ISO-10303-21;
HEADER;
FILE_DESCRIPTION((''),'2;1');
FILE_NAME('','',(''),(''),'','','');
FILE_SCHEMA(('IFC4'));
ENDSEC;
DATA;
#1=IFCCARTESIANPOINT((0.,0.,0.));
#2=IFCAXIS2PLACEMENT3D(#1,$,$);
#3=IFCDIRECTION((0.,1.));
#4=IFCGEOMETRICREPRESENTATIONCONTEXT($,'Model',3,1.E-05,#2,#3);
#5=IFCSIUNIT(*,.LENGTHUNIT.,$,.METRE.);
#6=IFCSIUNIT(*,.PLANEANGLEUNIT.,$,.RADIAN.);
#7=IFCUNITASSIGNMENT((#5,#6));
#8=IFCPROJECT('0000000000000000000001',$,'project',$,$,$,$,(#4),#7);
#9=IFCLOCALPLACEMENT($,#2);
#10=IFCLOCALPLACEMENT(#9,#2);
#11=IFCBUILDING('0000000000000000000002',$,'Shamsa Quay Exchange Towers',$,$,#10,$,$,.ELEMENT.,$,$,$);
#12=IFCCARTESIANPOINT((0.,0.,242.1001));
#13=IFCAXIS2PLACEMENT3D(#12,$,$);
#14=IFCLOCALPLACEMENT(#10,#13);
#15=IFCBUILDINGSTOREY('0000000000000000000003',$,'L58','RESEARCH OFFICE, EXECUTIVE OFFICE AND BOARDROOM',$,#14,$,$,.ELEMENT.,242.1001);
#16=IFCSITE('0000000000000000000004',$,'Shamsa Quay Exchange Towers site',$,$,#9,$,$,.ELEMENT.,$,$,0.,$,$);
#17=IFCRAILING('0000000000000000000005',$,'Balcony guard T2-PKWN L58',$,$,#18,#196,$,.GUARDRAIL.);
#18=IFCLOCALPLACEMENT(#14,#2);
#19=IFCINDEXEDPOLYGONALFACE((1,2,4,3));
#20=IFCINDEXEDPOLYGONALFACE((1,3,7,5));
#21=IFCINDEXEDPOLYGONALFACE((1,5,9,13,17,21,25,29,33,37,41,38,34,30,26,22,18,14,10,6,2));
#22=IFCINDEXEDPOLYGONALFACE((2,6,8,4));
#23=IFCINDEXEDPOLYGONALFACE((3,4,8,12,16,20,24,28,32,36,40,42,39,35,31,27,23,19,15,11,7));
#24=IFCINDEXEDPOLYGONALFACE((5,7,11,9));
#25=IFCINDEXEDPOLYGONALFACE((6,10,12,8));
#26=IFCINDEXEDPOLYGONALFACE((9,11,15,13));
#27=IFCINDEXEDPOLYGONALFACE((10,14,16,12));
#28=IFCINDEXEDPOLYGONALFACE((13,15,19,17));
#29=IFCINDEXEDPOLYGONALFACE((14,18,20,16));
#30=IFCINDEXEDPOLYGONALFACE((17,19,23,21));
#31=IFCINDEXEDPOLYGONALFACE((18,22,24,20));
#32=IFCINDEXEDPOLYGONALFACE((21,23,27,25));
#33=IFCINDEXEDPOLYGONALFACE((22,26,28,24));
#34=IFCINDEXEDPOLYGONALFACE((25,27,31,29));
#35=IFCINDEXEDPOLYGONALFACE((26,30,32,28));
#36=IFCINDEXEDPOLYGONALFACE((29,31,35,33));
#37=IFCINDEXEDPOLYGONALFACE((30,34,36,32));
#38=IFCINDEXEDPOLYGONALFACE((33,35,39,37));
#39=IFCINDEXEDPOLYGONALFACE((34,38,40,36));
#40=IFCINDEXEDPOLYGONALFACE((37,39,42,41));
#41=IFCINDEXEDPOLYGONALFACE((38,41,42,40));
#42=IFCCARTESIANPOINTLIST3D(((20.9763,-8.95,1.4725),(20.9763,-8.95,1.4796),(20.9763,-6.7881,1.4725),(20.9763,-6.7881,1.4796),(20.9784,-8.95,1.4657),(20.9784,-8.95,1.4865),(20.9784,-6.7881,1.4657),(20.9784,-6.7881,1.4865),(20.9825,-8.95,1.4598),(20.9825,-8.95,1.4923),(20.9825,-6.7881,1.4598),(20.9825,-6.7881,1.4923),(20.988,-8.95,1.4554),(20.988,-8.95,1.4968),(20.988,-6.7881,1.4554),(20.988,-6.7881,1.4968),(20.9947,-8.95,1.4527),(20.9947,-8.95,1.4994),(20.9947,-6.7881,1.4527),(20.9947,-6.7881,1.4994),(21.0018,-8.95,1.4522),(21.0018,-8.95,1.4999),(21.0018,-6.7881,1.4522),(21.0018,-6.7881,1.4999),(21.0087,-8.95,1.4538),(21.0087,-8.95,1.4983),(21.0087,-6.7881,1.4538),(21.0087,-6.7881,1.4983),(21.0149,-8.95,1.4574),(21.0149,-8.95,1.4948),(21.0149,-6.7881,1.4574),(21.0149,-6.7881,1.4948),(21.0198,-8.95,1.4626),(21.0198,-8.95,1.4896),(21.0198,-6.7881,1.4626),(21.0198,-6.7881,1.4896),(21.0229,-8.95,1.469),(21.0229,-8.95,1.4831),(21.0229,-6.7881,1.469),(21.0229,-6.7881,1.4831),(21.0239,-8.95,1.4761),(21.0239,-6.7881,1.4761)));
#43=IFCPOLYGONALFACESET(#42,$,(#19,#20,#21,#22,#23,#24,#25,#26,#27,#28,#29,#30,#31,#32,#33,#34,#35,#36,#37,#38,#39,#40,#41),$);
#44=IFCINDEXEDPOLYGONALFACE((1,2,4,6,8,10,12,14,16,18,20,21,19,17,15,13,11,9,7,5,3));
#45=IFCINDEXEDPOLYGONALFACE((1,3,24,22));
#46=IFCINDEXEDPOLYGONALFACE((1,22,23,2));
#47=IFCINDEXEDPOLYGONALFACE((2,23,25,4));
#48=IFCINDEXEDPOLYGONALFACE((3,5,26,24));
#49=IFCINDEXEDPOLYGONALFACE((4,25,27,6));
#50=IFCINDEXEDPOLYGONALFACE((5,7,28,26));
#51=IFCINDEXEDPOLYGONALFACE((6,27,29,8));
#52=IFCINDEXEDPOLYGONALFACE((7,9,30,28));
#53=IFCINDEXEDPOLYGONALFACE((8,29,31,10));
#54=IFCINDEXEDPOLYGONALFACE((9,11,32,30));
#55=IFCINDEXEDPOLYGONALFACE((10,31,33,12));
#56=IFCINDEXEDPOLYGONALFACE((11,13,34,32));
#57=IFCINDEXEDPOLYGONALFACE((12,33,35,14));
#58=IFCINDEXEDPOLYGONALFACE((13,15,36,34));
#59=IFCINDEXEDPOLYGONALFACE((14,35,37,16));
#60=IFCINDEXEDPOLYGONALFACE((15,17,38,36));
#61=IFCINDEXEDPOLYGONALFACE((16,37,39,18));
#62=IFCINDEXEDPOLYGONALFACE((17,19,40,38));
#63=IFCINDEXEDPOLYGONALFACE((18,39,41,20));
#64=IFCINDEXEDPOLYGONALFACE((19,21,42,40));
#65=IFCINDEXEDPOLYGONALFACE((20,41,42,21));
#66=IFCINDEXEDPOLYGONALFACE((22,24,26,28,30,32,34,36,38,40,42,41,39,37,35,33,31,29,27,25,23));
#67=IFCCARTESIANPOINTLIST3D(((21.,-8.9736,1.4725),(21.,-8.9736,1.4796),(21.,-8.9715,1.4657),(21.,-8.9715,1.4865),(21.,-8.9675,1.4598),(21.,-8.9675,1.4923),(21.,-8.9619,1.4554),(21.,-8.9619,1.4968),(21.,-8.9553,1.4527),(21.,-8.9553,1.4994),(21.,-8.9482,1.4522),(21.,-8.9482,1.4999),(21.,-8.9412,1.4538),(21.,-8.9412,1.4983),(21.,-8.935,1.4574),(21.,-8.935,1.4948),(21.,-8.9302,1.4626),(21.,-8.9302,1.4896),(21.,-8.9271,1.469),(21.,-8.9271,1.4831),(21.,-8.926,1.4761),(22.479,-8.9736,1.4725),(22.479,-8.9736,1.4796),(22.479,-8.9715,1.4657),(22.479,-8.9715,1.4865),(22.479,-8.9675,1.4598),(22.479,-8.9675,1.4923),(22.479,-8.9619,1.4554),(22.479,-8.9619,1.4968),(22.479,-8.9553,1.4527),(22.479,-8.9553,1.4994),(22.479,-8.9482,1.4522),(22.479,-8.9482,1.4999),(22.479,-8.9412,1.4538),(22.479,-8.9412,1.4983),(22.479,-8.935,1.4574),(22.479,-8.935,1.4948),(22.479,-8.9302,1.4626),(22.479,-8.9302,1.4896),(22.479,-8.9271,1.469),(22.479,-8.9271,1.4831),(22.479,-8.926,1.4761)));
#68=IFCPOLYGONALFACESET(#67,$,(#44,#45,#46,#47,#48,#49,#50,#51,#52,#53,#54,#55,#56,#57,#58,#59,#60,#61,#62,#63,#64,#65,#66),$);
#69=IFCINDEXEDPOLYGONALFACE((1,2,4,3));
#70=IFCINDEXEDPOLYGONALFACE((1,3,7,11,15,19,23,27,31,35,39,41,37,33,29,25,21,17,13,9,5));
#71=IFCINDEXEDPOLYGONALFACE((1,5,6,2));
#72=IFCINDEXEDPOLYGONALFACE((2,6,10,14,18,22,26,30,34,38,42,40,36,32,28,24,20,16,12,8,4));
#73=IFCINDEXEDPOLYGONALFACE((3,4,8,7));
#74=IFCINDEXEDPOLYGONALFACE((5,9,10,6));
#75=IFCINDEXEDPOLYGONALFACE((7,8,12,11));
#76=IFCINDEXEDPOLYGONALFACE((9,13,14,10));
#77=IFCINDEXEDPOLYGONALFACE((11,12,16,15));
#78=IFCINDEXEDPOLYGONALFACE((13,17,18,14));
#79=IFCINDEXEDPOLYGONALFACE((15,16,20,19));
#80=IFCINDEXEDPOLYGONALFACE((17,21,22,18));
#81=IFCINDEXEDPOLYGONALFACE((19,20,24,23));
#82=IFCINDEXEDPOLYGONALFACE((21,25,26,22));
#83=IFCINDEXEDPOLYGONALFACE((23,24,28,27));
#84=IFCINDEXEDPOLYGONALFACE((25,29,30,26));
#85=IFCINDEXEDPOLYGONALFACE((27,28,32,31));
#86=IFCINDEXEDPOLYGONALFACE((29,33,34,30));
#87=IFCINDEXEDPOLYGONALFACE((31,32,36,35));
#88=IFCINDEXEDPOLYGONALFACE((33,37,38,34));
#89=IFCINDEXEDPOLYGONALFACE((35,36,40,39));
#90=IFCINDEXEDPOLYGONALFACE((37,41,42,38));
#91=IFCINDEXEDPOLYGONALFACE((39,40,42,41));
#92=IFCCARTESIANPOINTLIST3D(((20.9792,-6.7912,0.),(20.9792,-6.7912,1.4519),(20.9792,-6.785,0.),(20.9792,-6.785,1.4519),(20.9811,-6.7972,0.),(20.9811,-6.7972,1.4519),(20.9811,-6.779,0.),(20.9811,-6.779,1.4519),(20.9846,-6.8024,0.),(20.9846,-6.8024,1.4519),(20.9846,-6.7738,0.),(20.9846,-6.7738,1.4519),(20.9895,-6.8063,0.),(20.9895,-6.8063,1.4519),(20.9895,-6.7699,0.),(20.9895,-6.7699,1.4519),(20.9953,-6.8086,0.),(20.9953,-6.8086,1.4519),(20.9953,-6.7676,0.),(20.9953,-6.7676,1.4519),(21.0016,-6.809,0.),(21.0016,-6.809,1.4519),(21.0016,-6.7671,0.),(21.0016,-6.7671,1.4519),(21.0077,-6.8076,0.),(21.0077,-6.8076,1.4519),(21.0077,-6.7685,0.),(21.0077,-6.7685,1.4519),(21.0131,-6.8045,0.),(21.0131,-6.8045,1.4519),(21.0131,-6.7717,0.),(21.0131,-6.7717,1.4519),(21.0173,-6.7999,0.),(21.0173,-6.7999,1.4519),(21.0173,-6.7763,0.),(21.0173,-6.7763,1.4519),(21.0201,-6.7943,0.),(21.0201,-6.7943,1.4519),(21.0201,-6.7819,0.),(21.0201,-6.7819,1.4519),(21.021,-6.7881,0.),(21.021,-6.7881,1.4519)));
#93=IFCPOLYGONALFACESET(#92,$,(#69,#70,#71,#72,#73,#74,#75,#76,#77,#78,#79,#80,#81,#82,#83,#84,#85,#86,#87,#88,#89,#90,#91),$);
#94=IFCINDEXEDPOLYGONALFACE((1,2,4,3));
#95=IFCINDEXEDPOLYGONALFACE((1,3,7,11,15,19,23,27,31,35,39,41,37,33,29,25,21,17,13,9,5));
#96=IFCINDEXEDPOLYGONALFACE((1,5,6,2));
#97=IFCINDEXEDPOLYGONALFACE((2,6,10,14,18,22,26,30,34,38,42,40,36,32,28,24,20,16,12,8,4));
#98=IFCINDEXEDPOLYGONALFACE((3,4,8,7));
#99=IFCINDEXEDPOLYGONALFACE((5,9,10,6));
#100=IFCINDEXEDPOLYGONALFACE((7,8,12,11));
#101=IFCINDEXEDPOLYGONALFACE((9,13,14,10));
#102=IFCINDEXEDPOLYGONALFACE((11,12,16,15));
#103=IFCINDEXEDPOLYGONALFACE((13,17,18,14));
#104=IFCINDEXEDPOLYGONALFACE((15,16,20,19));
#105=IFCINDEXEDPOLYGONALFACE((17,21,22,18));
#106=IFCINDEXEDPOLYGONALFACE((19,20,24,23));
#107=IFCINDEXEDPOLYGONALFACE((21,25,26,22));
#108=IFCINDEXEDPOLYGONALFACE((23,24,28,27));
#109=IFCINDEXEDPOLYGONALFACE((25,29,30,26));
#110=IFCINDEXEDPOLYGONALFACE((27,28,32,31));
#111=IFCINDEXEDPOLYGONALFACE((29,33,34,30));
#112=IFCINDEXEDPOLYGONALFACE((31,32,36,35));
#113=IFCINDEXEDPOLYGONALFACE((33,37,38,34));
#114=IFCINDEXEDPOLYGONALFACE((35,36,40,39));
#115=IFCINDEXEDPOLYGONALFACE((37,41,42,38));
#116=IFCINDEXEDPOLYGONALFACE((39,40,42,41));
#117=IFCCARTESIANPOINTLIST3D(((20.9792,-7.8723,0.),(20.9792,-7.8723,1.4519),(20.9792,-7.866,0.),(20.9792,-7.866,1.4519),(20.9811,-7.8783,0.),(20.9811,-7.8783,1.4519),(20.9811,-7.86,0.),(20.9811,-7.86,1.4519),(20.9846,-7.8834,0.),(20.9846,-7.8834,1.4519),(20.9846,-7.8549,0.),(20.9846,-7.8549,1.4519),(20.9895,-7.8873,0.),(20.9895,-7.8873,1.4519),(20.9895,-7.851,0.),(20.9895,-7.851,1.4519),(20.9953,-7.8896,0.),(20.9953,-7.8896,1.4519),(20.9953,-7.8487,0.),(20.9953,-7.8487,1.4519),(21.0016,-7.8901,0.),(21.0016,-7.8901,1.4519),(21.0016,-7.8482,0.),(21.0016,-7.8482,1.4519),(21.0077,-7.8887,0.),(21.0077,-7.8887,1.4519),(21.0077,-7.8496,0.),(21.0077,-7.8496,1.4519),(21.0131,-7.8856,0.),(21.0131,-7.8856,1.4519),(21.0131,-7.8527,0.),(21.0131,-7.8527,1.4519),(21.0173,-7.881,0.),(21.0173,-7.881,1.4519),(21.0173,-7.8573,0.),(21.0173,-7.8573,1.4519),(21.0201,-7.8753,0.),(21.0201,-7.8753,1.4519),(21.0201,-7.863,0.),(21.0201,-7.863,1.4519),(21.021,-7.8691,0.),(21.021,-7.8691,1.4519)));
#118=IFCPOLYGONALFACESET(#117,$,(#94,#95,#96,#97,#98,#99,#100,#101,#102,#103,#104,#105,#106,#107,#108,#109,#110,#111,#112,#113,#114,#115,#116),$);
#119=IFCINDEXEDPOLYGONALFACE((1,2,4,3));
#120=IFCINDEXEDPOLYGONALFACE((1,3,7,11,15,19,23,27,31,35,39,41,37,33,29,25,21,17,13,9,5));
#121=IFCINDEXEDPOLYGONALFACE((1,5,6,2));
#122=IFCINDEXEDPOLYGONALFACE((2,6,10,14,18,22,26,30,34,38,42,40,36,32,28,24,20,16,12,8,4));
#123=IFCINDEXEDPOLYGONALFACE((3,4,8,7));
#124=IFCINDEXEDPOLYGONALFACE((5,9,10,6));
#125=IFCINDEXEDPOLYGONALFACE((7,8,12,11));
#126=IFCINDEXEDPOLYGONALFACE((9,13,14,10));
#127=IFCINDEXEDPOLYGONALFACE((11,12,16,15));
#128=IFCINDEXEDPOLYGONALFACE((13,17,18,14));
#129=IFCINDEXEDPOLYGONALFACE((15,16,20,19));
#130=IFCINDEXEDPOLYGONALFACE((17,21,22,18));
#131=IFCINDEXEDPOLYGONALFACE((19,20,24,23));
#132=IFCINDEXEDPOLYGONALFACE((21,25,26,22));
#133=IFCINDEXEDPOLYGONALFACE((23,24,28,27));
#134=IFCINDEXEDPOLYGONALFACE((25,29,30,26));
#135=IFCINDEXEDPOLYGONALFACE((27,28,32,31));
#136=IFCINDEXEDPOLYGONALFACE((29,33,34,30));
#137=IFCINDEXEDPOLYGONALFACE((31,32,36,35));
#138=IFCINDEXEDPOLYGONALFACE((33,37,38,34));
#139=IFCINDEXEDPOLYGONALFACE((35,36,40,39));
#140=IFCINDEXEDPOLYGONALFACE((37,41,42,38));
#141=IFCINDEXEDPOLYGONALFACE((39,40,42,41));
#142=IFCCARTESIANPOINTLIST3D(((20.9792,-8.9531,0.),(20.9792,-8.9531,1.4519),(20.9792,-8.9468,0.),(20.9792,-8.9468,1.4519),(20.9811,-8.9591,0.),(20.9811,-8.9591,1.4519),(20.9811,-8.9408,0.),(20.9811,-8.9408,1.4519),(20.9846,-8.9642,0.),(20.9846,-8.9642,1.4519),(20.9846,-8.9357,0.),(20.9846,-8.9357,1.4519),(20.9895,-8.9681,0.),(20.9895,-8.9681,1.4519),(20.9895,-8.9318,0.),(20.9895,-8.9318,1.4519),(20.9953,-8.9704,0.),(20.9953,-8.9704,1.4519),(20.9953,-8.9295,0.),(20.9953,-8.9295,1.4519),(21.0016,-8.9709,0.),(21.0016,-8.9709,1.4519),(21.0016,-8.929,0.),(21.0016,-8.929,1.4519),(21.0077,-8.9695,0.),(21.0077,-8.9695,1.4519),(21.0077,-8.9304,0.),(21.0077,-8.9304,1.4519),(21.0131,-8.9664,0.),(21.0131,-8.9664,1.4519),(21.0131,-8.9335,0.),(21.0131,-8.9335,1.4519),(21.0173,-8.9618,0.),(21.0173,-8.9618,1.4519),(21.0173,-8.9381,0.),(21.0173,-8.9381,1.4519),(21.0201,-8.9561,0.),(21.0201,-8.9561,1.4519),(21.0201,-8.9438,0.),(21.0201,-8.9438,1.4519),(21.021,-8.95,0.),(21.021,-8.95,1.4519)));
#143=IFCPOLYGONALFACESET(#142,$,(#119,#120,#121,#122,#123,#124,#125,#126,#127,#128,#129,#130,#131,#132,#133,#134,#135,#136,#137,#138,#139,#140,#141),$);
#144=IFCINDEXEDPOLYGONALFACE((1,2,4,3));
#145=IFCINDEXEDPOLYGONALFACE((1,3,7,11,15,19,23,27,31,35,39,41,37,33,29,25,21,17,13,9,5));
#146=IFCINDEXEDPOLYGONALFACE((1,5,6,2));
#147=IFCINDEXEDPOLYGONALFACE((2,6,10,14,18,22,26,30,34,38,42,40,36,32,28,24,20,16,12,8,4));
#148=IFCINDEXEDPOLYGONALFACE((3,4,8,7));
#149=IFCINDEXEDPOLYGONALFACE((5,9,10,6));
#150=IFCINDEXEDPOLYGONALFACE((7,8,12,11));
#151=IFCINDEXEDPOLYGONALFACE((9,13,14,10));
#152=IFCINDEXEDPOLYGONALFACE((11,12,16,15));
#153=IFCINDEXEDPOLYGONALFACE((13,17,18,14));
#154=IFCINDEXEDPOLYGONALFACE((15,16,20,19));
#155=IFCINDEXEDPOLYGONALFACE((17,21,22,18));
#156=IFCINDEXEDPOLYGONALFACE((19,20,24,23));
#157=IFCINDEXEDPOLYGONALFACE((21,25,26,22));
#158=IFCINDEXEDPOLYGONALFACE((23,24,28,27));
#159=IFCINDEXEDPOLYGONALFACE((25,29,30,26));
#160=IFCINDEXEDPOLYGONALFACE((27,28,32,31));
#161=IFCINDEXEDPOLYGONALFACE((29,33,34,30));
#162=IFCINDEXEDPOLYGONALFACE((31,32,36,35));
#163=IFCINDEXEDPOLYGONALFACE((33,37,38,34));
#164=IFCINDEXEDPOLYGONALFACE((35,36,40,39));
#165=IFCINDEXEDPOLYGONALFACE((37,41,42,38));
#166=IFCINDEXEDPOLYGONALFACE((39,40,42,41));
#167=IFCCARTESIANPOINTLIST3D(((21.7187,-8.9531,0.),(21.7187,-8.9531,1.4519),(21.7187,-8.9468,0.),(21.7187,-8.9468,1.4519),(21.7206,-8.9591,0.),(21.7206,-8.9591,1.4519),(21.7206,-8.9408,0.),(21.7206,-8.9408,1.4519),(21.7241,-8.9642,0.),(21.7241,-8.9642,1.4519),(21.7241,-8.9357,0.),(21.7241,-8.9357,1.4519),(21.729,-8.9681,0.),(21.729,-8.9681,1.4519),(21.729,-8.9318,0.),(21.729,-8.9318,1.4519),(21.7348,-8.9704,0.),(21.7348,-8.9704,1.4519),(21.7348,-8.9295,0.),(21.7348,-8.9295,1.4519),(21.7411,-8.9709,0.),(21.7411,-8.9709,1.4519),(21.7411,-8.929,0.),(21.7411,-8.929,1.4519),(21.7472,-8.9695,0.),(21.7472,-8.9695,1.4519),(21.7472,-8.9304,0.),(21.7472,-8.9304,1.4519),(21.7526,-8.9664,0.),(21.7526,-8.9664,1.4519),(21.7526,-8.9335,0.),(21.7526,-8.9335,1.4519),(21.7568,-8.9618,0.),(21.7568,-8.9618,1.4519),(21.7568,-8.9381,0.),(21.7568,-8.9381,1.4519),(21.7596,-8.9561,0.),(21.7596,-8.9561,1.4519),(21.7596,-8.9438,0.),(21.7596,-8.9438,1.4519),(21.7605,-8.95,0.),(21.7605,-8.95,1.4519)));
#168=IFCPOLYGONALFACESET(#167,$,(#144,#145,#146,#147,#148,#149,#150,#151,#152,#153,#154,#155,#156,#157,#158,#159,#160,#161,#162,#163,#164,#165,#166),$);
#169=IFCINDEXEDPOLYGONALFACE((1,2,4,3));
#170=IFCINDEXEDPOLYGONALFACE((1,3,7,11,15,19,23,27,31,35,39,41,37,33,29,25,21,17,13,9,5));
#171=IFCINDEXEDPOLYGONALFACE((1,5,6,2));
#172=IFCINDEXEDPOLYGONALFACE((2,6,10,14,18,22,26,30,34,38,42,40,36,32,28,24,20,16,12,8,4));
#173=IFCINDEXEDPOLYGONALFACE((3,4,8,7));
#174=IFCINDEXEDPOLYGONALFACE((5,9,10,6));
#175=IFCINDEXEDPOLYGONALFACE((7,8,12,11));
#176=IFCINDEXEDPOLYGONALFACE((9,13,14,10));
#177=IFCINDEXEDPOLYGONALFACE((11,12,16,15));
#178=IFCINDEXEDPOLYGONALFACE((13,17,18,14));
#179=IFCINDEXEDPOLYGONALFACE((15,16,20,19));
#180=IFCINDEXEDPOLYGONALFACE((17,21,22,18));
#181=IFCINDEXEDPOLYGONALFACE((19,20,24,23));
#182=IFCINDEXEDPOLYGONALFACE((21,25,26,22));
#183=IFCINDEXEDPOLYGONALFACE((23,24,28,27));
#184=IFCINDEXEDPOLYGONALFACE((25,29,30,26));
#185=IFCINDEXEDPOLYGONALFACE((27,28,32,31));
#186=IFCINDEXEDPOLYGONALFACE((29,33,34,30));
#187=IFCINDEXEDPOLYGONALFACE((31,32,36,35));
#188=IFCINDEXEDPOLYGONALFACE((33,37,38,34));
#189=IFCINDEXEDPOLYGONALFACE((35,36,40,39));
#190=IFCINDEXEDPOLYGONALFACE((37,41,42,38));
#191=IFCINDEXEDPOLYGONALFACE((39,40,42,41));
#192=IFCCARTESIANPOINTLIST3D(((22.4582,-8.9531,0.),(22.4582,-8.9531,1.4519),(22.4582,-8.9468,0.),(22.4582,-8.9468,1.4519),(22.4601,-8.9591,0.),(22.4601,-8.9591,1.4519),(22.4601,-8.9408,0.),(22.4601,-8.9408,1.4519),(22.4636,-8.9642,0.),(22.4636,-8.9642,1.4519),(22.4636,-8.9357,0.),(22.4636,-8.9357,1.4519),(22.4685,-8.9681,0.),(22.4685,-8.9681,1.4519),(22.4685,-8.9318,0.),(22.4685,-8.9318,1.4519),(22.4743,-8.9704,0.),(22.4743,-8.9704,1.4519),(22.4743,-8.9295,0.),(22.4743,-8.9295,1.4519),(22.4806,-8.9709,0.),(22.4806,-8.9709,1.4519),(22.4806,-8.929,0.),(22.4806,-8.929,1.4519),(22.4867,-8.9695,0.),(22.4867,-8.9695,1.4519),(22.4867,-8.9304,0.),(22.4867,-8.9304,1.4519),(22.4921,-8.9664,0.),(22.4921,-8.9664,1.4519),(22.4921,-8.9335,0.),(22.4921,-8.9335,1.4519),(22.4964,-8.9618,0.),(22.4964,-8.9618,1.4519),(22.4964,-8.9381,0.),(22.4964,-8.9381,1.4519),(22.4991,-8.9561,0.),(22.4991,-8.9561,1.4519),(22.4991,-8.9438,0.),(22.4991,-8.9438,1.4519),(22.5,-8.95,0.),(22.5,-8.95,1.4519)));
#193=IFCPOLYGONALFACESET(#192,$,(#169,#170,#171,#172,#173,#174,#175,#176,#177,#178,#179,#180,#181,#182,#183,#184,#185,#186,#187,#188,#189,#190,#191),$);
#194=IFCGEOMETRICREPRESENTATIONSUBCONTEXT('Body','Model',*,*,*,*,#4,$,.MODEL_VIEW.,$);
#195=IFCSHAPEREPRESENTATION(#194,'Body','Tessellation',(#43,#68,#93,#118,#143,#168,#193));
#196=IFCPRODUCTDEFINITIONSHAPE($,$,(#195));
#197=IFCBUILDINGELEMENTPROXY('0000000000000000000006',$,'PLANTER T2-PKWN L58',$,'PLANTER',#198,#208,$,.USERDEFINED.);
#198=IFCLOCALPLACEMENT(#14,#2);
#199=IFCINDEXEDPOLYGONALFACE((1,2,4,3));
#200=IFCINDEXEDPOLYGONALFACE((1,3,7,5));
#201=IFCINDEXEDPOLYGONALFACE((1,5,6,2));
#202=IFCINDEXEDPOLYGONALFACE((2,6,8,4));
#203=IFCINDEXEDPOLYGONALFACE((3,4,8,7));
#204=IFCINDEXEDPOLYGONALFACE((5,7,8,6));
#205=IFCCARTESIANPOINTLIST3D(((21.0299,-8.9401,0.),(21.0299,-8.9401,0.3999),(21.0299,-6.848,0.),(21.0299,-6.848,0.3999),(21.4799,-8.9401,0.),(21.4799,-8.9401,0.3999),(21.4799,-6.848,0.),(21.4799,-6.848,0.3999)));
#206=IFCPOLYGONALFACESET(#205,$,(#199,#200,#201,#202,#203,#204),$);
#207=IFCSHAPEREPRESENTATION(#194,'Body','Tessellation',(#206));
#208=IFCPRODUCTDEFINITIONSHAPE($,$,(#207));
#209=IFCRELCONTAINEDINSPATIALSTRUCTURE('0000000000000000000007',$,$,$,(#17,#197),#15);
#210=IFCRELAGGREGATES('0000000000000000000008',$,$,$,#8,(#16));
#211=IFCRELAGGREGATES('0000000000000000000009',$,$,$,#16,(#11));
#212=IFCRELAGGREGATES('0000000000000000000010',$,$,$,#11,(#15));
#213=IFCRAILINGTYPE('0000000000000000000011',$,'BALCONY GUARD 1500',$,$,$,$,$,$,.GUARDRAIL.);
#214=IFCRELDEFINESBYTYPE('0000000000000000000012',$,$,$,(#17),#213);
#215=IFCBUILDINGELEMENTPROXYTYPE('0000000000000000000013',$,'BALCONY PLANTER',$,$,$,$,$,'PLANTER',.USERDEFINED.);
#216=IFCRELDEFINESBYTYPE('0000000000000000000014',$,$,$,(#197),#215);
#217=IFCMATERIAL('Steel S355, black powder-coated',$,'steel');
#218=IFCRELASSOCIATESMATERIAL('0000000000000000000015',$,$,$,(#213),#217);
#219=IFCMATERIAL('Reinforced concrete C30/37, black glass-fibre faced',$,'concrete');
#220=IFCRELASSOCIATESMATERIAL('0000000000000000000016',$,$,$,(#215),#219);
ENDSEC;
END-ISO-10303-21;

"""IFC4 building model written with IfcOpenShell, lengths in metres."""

from ifc_helpers import new_model, si_unit, direction, frame, origin, origin_2d, place, context, subcontext, project, spatial, rectangle, circle, extrude, material, type_object, element, save


model = new_model("IFC4")

# Units and contexts
model_context = context("Model", 3, precision=1e-05, world=origin(), true_north=direction((0.0, 1.0)))
body_context = subcontext(model_context, "Body", "Model", "MODEL_VIEW")
ifc_project = project(units=[si_unit("LENGTHUNIT", "METRE"), si_unit("PLANEANGLEUNIT", "RADIAN")], contexts=[model_context])

# Site, building, storey
site_placement = place(None, origin())
site = spatial("IfcSite", under=ifc_project, at=site_placement, Name="Shamsa Quay Exchange Towers site", CompositionType="ELEMENT", RefElevation=0.0)
building_placement = place(site_placement, origin())
building = spatial("IfcBuilding", under=site, at=building_placement, Name="Shamsa Quay Exchange Towers", CompositionType="ELEMENT")
storey_placement = place(building_placement, frame((0.0, 0.0, 242.1001)))
storey = spatial("IfcBuildingStorey", under=building, at=storey_placement, Name="L58", Description="RESEARCH OFFICE, EXECUTIVE OFFICE AND BOARDROOM", CompositionType="ELEMENT", Elevation=242.1001)

# Railing
ifc_material_1 = material(Name="Steel S355, black powder-coated", Category="steel")
railing_type_1 = type_object("IfcRailingType", Name="BALCONY GUARD 1500", PredefinedType="GUARDRAIL", material=ifc_material_1)
railing_1_placement = place(storey_placement, frame((21.0, -6.7881, 0.0)))
element("IfcRailing", 1, at=railing_1_placement, inside=storey, type_object=railing_type_1, Name="Balcony guard T2-PKWN L58", PredefinedType="GUARDRAIL", context=body_context, shape_type="SweptSolid", body=[
    extrude(circle(Radius=0.0239, at=origin_2d()), frame((0.0, 0.0, 1.4761), z_axis=(0.0, -1.0, 0.0), x_axis=(1.0, 0.0, 0.0)), (0.0, 0.0, 1.0), 2.1619),
    extrude(circle(Radius=0.0239, at=origin_2d()), frame((0.0, -2.1619, 1.4761), z_axis=(1.0, 0.0, 0.0), x_axis=(0.0, 1.0, 0.0)), (0.0, 0.0, 1.0), 1.479),
    extrude(circle(Radius=0.021, at=origin_2d()), origin(), (0.0, 0.0, 1.0), 1.4519),
    extrude(circle(Radius=0.021, at=origin_2d()), frame((0.0, -1.0811, 0.0)), (0.0, 0.0, 1.0), 1.4519),
    extrude(circle(Radius=0.021, at=origin_2d()), frame((0.0, -2.1619, 0.0)), (0.0, 0.0, 1.0), 1.4519),
    extrude(circle(Radius=0.021, at=origin_2d()), frame((0.7395, -2.1619, 0.0)), (0.0, 0.0, 1.0), 1.4519),
    extrude(circle(Radius=0.021, at=origin_2d()), frame((1.479, -2.1619, 0.0)), (0.0, 0.0, 1.0), 1.4519),
])

# Building element proxy
ifc_material_2 = material(Name="Reinforced concrete C30/37, black glass-fibre faced", Category="concrete")
building_element_proxy_type = type_object("IfcBuildingElementProxyType", Name="BALCONY PLANTER", ElementType="PLANTER", PredefinedType="USERDEFINED", material=ifc_material_2)
proxy_placement = place(storey_placement, frame((21.2549, -7.894, 0.0), z_axis=(0.0, 0.0, 1.0), x_axis=(0.0, -1.0, 0.0)))
element("IfcBuildingElementProxy", 2, at=proxy_placement, inside=storey, type_object=building_element_proxy_type, Name="PLANTER T2-PKWN L58", ObjectType="PLANTER", PredefinedType="USERDEFINED", context=body_context, shape_type="SweptSolid", body=[
    extrude(rectangle(XDim=2.092, YDim=0.45, at=origin_2d()), origin(), (0.0, 0.0, 1.0), 0.3999),
])

save(model, "model.ifc")
